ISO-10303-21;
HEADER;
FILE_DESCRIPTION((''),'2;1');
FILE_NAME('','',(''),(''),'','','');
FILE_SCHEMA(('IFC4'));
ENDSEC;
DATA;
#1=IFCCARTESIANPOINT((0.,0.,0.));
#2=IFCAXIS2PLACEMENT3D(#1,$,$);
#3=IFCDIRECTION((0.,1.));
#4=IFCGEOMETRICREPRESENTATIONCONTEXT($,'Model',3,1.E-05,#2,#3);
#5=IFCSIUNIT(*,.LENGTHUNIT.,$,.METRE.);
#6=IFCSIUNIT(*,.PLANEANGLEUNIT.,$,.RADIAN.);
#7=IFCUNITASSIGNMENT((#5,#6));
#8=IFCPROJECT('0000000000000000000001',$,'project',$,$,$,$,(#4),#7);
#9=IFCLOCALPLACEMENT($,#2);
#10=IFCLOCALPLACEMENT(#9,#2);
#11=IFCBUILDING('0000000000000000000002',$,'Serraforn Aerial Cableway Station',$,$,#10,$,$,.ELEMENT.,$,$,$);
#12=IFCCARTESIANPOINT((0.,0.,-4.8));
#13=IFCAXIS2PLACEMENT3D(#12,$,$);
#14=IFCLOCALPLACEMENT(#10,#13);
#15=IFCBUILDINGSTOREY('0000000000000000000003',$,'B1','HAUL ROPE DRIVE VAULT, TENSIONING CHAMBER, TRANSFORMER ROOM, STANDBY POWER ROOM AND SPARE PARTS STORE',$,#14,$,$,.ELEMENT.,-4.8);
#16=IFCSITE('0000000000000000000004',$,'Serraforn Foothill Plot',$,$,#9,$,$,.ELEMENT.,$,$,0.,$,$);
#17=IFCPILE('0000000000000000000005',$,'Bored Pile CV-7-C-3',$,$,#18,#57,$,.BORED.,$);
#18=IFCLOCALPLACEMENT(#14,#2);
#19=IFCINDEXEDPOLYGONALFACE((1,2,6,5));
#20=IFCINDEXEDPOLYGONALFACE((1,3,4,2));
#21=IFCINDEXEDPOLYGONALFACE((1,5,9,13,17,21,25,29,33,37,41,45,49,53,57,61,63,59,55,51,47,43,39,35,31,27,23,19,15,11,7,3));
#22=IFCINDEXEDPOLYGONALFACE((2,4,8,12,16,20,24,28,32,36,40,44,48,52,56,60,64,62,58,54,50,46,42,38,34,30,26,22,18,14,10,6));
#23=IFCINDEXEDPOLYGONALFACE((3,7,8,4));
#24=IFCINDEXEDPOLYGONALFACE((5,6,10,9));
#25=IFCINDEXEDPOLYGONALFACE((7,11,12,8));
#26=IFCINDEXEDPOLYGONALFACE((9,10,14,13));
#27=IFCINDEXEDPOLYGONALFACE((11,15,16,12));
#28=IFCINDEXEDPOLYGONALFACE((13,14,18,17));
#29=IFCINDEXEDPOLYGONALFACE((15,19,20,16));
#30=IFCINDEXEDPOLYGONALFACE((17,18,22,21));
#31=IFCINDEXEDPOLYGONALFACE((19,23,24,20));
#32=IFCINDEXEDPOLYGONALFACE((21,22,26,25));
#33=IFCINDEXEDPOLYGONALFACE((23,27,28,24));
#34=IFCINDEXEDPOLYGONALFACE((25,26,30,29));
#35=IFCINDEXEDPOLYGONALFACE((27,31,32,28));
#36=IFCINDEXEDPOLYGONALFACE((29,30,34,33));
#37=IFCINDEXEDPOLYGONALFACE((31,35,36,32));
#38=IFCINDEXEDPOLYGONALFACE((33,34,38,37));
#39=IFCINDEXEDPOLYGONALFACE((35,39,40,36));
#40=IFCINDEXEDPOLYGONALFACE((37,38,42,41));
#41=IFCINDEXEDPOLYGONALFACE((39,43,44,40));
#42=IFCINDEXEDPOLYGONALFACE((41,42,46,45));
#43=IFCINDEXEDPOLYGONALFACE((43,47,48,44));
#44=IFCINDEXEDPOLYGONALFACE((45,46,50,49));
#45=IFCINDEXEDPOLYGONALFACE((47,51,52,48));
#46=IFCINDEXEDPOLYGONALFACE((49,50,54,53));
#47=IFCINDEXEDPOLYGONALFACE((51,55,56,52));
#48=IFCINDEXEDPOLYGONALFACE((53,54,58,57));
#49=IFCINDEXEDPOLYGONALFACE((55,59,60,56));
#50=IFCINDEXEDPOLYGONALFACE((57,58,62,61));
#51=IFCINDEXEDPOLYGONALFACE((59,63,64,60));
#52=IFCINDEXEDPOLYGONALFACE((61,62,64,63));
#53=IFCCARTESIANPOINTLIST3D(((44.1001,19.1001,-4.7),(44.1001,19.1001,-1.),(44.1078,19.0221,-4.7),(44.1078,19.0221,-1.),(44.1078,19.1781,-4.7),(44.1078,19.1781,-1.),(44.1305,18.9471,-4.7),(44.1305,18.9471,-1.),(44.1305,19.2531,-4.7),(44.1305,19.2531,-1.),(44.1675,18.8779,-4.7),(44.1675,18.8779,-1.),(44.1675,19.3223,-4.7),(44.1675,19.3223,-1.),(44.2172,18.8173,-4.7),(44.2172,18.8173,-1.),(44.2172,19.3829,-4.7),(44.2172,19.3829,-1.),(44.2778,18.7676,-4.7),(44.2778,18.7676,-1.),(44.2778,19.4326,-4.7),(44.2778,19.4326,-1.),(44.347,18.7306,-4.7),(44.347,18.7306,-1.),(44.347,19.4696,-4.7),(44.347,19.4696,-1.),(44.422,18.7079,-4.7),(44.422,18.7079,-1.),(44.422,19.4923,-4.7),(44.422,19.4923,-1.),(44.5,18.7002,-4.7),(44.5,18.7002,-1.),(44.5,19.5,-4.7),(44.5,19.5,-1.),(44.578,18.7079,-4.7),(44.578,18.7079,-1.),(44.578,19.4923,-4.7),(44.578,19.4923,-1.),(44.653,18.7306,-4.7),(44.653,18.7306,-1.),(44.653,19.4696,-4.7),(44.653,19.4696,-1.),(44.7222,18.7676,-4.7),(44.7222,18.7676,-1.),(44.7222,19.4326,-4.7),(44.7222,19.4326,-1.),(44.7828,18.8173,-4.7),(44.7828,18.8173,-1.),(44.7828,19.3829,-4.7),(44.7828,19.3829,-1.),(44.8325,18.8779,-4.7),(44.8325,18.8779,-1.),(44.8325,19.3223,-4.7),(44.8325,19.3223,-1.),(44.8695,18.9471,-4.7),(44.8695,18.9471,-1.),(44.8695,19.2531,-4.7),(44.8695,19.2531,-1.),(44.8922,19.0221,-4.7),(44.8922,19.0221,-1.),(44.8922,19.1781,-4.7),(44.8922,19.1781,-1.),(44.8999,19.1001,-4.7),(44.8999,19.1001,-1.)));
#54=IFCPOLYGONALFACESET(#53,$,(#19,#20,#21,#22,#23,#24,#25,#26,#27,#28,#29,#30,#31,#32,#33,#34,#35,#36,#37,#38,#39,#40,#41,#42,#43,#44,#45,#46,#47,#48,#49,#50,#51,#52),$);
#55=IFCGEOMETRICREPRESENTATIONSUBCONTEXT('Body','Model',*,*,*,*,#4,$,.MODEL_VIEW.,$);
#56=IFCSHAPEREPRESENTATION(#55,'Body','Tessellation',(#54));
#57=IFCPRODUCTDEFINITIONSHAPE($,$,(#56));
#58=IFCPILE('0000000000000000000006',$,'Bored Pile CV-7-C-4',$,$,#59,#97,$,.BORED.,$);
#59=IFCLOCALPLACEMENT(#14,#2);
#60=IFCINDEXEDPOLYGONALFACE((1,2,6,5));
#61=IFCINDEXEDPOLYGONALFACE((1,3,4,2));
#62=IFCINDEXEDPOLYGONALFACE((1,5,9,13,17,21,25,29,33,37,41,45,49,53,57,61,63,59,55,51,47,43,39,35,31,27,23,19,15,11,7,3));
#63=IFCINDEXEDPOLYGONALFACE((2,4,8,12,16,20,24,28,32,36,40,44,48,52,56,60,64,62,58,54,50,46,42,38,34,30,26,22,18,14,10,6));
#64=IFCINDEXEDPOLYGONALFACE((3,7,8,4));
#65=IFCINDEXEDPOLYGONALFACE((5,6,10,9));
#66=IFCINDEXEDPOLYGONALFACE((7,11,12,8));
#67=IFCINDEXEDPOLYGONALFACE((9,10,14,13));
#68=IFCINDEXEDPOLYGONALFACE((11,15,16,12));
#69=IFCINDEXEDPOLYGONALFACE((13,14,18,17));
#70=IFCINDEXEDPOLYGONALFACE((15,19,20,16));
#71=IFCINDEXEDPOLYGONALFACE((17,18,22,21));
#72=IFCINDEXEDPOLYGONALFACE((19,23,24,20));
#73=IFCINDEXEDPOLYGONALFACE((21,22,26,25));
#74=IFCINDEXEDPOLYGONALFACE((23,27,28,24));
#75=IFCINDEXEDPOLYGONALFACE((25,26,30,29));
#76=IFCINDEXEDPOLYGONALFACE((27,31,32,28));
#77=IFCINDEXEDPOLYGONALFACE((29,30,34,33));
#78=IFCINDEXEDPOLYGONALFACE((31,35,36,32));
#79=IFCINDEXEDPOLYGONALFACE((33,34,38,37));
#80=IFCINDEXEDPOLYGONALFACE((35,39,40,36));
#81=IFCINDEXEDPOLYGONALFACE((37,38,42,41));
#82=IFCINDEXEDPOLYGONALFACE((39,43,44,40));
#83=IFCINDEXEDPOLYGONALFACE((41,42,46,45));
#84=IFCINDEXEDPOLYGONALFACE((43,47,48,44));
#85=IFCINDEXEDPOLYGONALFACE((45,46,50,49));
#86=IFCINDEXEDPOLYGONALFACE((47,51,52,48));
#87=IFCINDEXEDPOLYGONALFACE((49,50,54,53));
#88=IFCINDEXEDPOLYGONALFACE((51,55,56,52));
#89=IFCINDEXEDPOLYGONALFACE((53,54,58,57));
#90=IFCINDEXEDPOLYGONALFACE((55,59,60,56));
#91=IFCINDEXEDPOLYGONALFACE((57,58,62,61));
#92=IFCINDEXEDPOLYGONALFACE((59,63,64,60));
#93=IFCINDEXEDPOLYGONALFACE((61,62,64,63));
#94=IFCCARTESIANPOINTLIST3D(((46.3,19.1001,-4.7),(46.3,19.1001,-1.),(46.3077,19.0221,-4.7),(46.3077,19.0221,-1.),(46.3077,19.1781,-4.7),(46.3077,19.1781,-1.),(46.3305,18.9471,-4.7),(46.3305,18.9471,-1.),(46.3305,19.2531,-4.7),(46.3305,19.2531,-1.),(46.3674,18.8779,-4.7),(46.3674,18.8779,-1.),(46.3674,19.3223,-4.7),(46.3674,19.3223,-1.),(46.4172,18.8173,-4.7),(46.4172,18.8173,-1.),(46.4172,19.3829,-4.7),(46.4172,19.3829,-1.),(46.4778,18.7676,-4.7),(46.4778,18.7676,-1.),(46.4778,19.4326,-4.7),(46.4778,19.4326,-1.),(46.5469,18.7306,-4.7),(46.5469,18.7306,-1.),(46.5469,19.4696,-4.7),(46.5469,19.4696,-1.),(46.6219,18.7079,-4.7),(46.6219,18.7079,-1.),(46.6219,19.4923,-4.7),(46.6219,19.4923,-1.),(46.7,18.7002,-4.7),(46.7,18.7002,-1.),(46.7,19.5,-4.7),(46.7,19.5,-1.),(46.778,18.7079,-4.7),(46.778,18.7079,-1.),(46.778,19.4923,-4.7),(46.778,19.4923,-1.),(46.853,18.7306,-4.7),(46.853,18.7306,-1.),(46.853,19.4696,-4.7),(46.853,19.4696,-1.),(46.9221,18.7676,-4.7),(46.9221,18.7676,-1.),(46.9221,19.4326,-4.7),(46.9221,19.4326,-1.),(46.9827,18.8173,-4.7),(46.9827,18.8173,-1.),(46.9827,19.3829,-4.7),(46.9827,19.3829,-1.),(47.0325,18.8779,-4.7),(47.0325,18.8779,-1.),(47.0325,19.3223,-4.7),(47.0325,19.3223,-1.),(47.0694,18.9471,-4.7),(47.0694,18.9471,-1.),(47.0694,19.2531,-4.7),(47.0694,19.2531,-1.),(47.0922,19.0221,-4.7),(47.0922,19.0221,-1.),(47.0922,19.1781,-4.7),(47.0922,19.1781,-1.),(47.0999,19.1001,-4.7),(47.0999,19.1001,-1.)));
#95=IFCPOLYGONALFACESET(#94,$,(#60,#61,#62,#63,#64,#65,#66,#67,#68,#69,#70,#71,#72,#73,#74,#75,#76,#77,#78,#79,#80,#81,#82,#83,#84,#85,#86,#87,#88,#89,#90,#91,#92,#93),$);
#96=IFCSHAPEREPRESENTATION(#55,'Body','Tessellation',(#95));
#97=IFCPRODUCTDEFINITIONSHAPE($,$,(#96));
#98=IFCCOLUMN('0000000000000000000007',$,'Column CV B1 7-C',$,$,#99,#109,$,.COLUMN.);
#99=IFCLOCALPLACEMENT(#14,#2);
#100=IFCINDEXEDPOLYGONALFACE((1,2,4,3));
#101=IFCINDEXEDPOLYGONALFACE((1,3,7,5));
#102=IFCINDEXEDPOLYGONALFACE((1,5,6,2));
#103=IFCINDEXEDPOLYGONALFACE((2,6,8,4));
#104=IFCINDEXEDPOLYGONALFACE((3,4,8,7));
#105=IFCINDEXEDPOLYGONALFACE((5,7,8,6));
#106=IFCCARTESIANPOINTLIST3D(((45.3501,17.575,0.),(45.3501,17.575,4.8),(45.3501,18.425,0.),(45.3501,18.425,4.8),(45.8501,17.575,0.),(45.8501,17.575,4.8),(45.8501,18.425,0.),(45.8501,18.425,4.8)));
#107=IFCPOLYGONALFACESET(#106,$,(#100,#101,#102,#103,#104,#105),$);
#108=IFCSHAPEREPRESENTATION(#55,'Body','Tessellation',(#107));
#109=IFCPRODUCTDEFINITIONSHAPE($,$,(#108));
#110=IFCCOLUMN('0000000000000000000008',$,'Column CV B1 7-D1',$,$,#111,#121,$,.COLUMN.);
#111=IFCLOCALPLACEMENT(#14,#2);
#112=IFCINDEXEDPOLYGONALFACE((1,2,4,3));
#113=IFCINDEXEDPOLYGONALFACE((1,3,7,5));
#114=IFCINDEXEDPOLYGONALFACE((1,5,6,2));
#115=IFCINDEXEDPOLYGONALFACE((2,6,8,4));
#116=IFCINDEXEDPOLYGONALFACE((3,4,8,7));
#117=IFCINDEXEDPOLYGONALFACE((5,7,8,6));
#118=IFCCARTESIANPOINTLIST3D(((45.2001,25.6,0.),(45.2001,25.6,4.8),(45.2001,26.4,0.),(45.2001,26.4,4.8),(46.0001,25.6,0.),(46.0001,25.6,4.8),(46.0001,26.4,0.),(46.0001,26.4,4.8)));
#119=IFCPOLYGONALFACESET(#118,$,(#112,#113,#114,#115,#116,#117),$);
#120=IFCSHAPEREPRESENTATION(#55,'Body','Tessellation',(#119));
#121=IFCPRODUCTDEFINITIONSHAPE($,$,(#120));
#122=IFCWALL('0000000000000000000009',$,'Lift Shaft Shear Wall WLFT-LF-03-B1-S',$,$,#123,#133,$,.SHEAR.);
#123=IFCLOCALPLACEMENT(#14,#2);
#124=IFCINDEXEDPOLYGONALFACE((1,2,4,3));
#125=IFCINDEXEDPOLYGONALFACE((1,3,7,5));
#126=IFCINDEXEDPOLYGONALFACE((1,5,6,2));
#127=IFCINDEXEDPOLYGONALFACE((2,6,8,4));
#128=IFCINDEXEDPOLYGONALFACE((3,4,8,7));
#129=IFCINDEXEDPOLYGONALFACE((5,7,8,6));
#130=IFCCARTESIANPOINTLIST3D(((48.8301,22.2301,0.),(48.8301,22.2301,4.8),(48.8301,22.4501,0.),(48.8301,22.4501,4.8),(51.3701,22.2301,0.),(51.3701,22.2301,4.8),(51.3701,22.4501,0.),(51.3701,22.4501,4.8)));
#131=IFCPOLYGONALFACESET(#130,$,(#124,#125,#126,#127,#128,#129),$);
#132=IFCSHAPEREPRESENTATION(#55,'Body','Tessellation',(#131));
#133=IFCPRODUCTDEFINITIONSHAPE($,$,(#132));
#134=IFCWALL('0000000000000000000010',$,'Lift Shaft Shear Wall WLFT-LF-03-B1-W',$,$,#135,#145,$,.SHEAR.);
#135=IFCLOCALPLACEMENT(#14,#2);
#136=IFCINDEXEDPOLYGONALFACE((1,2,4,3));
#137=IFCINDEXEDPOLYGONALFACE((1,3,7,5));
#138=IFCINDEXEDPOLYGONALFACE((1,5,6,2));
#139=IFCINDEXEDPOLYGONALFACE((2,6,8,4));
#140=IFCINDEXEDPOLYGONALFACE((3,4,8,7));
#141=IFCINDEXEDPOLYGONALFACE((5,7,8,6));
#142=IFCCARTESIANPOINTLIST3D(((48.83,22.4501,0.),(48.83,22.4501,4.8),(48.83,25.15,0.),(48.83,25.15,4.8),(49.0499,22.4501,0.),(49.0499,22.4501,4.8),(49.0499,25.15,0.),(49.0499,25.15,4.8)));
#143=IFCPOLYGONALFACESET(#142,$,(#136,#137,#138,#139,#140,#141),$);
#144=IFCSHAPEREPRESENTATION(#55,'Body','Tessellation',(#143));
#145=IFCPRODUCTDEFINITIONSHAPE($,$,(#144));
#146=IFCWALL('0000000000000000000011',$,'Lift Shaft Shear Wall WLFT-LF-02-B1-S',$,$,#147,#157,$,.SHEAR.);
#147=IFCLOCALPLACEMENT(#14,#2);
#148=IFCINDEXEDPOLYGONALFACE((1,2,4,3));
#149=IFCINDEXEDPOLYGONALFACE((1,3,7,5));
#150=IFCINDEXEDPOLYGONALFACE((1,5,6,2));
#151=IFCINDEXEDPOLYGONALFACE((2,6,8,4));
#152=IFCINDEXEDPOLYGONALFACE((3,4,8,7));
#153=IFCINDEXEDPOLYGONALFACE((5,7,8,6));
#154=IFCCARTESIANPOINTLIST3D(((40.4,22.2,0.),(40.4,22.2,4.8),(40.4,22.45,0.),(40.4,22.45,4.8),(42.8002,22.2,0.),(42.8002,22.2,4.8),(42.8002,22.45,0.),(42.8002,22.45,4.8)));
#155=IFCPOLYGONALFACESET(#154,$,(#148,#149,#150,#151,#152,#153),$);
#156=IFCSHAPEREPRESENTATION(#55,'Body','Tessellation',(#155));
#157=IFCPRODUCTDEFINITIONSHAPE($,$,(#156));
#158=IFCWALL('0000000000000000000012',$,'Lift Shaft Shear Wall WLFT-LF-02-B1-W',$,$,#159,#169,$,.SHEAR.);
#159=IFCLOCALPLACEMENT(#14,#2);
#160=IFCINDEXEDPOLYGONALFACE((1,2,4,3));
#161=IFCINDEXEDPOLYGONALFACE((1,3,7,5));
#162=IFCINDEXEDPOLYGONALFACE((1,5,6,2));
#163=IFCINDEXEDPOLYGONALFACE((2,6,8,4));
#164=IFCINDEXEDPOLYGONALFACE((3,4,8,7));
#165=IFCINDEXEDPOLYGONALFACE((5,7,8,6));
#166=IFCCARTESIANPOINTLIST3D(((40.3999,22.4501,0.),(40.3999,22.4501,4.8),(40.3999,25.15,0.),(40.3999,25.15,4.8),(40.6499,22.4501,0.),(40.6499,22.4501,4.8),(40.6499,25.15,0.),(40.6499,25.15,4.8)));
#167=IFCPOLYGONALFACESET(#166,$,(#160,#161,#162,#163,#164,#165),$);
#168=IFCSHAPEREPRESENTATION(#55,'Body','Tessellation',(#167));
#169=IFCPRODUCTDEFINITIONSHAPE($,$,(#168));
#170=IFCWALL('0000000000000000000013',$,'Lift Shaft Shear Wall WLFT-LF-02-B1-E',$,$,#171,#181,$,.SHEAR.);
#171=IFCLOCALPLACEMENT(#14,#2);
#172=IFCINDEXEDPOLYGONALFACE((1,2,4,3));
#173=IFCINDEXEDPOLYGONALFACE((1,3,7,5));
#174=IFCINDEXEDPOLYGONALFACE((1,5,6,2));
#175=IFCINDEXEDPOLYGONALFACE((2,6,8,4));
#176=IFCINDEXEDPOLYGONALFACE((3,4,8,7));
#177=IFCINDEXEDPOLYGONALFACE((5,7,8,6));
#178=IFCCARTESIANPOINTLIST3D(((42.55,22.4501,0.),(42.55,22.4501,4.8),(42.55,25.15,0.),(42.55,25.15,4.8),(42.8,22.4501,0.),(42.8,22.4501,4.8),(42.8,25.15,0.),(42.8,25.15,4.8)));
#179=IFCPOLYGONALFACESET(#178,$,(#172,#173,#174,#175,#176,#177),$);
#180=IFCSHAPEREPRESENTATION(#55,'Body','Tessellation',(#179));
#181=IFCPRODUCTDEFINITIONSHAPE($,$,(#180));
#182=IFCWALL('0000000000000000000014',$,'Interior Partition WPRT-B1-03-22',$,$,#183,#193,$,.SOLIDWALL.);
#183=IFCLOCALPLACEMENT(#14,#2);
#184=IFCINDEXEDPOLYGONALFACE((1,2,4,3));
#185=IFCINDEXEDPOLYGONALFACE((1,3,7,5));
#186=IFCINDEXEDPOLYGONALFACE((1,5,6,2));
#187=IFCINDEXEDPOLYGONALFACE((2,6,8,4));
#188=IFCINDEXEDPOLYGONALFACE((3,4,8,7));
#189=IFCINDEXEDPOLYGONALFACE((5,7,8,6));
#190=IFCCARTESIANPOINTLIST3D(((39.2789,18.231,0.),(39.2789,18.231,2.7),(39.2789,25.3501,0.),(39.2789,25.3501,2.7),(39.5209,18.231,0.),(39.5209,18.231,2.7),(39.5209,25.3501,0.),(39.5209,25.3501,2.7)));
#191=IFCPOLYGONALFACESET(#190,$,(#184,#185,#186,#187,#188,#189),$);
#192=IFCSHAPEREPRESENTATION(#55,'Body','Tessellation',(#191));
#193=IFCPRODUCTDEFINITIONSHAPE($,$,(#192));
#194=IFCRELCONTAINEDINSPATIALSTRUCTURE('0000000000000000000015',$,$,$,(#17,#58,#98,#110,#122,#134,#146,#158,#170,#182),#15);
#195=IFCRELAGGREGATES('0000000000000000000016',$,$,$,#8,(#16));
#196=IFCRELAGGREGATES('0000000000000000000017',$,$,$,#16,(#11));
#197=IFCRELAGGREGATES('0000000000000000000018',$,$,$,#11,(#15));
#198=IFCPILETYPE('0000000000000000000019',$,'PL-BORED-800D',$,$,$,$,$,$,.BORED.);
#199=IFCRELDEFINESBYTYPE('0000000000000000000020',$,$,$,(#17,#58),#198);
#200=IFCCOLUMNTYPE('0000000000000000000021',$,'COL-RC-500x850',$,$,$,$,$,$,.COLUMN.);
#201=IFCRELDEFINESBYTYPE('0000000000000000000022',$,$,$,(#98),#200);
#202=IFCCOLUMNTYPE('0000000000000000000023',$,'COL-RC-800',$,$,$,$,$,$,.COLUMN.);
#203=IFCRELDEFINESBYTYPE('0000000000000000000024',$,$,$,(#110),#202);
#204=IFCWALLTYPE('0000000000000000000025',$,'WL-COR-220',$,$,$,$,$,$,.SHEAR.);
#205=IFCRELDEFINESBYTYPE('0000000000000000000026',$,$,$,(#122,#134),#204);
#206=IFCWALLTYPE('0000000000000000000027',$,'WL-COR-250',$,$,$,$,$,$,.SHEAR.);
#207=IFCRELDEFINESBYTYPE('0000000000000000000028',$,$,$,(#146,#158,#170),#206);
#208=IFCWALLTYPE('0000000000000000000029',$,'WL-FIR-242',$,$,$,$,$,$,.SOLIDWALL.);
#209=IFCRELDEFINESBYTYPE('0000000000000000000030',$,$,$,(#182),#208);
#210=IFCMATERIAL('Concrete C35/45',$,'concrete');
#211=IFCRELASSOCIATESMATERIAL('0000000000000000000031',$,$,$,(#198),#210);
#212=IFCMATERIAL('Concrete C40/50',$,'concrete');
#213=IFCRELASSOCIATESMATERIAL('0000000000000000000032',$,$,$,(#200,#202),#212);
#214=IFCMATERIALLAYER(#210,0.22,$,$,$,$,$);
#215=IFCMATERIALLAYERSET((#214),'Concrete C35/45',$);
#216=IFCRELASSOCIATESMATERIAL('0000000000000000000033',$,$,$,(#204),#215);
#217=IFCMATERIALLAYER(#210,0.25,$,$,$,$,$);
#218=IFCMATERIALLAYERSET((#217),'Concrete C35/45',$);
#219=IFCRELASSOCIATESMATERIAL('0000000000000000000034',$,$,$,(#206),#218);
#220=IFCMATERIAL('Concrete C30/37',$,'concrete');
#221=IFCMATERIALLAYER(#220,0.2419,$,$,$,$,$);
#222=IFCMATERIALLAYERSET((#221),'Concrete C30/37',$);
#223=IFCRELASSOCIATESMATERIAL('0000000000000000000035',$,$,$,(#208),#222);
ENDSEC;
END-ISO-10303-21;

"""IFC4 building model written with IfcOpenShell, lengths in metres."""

from ifc_helpers import new_model, si_unit, direction, frame, frame_2d, origin, origin_2d, place, context, subcontext, project, spatial, rectangle, circle, extrude, material, layer, layer_set, material_profile, profile_set, type_object, element, save


model = new_model("IFC4")

# Units and contexts
model_context = context("Model", 3, precision=1e-05, world=origin(), true_north=direction((0.0, 1.0)))
body_context = subcontext(model_context, "Body", "Model", "MODEL_VIEW")
ifc_project = project(units=[si_unit("LENGTHUNIT", "METRE"), si_unit("PLANEANGLEUNIT", "RADIAN")], contexts=[model_context])

# Site, building, storey
site_placement = place(None, origin())
site = spatial("IfcSite", under=ifc_project, at=site_placement, Name="Serraforn Foothill Plot", CompositionType="ELEMENT", RefElevation=0.0)
building_placement = place(site_placement, origin())
building = spatial("IfcBuilding", under=site, at=building_placement, Name="Serraforn Aerial Cableway Station", CompositionType="ELEMENT")
storey_placement = place(building_placement, frame((0.0, 0.0, -4.8)))
storey = spatial("IfcBuildingStorey", under=building, at=storey_placement, Name="B1", Description="HAUL ROPE DRIVE VAULT, TENSIONING CHAMBER, TRANSFORMER ROOM, STANDBY POWER ROOM AND SPARE PARTS STORE", CompositionType="ELEMENT", Elevation=-4.8)

# Shared definitions
ifc_material_1 = material(Name="Concrete C35/45", Category="concrete")
ifc_material_2 = material(Name="Concrete C40/50", Category="concrete")

# Piles
ifc_material_profile_1 = material_profile(ifc_material_1, circle(Radius=0.3999, at=origin_2d()), Name="BORED PILE D800")
ifc_profile_set_1 = profile_set([ifc_material_profile_1], Name="Concrete C35/45")
pile_type_1 = type_object("IfcPileType", Name="PL-BORED-800D", PredefinedType="BORED", material=ifc_profile_set_1)
for number, where, z_axis, x_axis, name in (
    (1, (44.5, 19.1001, -1.0), (0.0, 0.0, -1.0), (1.0, 0.0, 0.0), "Bored Pile CV-7-C-3"),
    (2, (46.7, 19.1001, -1.0), (0.0, 0.0, -1.0), (1.0, 0.0, 0.0), "Bored Pile CV-7-C-4"),
):
    element("IfcPile", number, at=place(storey_placement, frame(where, z_axis=z_axis, x_axis=x_axis)), inside=storey, type_object=pile_type_1, Name=name, PredefinedType="BORED", context=body_context, shape_type="SweptSolid", body=[
        extrude(circle(Radius=0.3999, at=origin_2d()), origin(), (0.0, 0.0, 1.0), 3.7),
    ])

# Columns
ifc_material_profile_2 = material_profile(ifc_material_2, rectangle(XDim=0.5, YDim=0.8501, at=origin_2d()), Name="RC 500x850")
ifc_profile_set_2 = profile_set([ifc_material_profile_2], Name="Concrete C40/50")
column_type_1 = type_object("IfcColumnType", Name="COL-RC-500x850", PredefinedType="COLUMN", material=ifc_profile_set_2)
column_1_placement = place(storey_placement, frame((45.6001, 18.0, 0.0), z_axis=(0.0, 0.0, 1.0), x_axis=(1.0, 0.0, 0.0)))
element("IfcColumn", 3, at=column_1_placement, inside=storey, type_object=column_type_1, Name="Column CV B1 7-C", PredefinedType="COLUMN", context=body_context, shape_type="SweptSolid", body=[
    extrude(rectangle(XDim=0.5, YDim=0.8501, at=origin_2d()), origin(), (0.0, 0.0, 1.0), 4.8),
])
ifc_material_profile_3 = material_profile(ifc_material_2, rectangle(XDim=0.8, YDim=0.8, at=origin_2d()), Name="RC 800x800")
ifc_profile_set_3 = profile_set([ifc_material_profile_3], Name="Concrete C40/50")
column_type_2 = type_object("IfcColumnType", Name="COL-RC-800", PredefinedType="COLUMN", material=ifc_profile_set_3)
column_2_placement = place(storey_placement, frame((45.6001, 26.0, 0.0), z_axis=(0.0, 0.0, 1.0), x_axis=(1.0, 0.0, 0.0)))
element("IfcColumn", 4, at=column_2_placement, inside=storey, type_object=column_type_2, Name="Column CV B1 7-D1", PredefinedType="COLUMN", context=body_context, shape_type="SweptSolid", body=[
    extrude(rectangle(XDim=0.8, YDim=0.8, at=origin_2d()), origin(), (0.0, 0.0, 1.0), 4.8),
])

# Wall
ifc_layer_1 = layer(ifc_material_1, 0.22)
ifc_layer_set_1 = layer_set([ifc_layer_1], Name="Concrete C35/45")
wall_type_1 = type_object("IfcWallType", Name="WL-COR-220", PredefinedType="SHEAR", material=ifc_layer_set_1)
wall_1_placement = place(storey_placement, frame((48.8301, 22.3401, 0.0), z_axis=(0.0, 0.0, 1.0), x_axis=(1.0, 0.0, 0.0)))
element("IfcWall", 5, at=wall_1_placement, inside=storey, type_object=wall_type_1, Name="Lift Shaft Shear Wall WLFT-LF-03-B1-S", PredefinedType="SHEAR", context=body_context, shape_type="SweptSolid", body=[
    extrude(rectangle(XDim=2.54, YDim=0.22, at=frame_2d((1.27, 0.0))), origin(), (0.0, 0.0, 1.0), 4.8),
])

# Walls
wall_2_placement = place(storey_placement, frame((48.9399, 22.45, 0.0), z_axis=(0.0, 0.0, 1.0), x_axis=(0.0, 1.0, 0.0)))
element("IfcWall", 6, at=wall_2_placement, inside=storey, type_object=wall_type_1, Name="Lift Shaft Shear Wall WLFT-LF-03-B1-W", PredefinedType="SHEAR", context=body_context, shape_type="SweptSolid", body=[
    extrude(rectangle(XDim=2.7, YDim=0.22, at=frame_2d((1.3501, 0.0))), origin(), (0.0, 0.0, 1.0), 4.8),
])
ifc_layer_2 = layer(ifc_material_1, 0.25)
ifc_layer_set_2 = layer_set([ifc_layer_2], Name="Concrete C35/45")
wall_type_2 = type_object("IfcWallType", Name="WL-COR-250", PredefinedType="SHEAR", material=ifc_layer_set_2)
wall_3_placement = place(storey_placement, frame((40.3999, 22.325, 0.0), z_axis=(0.0, 0.0, 1.0), x_axis=(1.0, 0.0, 0.0)))
element("IfcWall", 7, at=wall_3_placement, inside=storey, type_object=wall_type_2, Name="Lift Shaft Shear Wall WLFT-LF-02-B1-S", PredefinedType="SHEAR", context=body_context, shape_type="SweptSolid", body=[
    extrude(rectangle(XDim=2.4001, YDim=0.25, at=frame_2d((1.2002, 0.0))), origin(), (0.0, 0.0, 1.0), 4.8),
])

# Walls
for number, where, z_axis, x_axis, name in (
    (8, (40.5249, 22.45, 0.0), (0.0, 0.0, 1.0), (0.0, 1.0, 0.0), "Lift Shaft Shear Wall WLFT-LF-02-B1-W"),
    (9, (42.675, 22.45, 0.0), (0.0, 0.0, 1.0), (0.0, 1.0, 0.0), "Lift Shaft Shear Wall WLFT-LF-02-B1-E"),
):
    element("IfcWall", number, at=place(storey_placement, frame(where, z_axis=z_axis, x_axis=x_axis)), inside=storey, type_object=wall_type_2, Name=name, PredefinedType="SHEAR", context=body_context, shape_type="SweptSolid", body=[
        extrude(rectangle(XDim=2.7, YDim=0.25, at=frame_2d((1.3501, 0.0))), origin(), (0.0, 0.0, 1.0), 4.8),
    ])
ifc_material_3 = material(Name="Concrete C30/37", Category="concrete")
ifc_layer_3 = layer(ifc_material_3, 0.2419)
ifc_layer_set_3 = layer_set([ifc_layer_3], Name="Concrete C30/37")
wall_type_3 = type_object("IfcWallType", Name="WL-FIR-242", PredefinedType="SOLIDWALL", material=ifc_layer_set_3)
wall_4_placement = place(storey_placement, frame((39.3999, 18.231, 0.0), z_axis=(0.0, 0.0, 1.0), x_axis=(0.0, 1.0, 0.0)))
element("IfcWall", 10, at=wall_4_placement, inside=storey, type_object=wall_type_3, Name="Interior Partition WPRT-B1-03-22", PredefinedType="SOLIDWALL", context=body_context, shape_type="SweptSolid", body=[
    extrude(rectangle(XDim=7.1191, YDim=0.2419, at=frame_2d((3.5596, 0.0))), origin(), (0.0, 0.0, 1.0), 2.7),
])

save(model, "model.ifc")
